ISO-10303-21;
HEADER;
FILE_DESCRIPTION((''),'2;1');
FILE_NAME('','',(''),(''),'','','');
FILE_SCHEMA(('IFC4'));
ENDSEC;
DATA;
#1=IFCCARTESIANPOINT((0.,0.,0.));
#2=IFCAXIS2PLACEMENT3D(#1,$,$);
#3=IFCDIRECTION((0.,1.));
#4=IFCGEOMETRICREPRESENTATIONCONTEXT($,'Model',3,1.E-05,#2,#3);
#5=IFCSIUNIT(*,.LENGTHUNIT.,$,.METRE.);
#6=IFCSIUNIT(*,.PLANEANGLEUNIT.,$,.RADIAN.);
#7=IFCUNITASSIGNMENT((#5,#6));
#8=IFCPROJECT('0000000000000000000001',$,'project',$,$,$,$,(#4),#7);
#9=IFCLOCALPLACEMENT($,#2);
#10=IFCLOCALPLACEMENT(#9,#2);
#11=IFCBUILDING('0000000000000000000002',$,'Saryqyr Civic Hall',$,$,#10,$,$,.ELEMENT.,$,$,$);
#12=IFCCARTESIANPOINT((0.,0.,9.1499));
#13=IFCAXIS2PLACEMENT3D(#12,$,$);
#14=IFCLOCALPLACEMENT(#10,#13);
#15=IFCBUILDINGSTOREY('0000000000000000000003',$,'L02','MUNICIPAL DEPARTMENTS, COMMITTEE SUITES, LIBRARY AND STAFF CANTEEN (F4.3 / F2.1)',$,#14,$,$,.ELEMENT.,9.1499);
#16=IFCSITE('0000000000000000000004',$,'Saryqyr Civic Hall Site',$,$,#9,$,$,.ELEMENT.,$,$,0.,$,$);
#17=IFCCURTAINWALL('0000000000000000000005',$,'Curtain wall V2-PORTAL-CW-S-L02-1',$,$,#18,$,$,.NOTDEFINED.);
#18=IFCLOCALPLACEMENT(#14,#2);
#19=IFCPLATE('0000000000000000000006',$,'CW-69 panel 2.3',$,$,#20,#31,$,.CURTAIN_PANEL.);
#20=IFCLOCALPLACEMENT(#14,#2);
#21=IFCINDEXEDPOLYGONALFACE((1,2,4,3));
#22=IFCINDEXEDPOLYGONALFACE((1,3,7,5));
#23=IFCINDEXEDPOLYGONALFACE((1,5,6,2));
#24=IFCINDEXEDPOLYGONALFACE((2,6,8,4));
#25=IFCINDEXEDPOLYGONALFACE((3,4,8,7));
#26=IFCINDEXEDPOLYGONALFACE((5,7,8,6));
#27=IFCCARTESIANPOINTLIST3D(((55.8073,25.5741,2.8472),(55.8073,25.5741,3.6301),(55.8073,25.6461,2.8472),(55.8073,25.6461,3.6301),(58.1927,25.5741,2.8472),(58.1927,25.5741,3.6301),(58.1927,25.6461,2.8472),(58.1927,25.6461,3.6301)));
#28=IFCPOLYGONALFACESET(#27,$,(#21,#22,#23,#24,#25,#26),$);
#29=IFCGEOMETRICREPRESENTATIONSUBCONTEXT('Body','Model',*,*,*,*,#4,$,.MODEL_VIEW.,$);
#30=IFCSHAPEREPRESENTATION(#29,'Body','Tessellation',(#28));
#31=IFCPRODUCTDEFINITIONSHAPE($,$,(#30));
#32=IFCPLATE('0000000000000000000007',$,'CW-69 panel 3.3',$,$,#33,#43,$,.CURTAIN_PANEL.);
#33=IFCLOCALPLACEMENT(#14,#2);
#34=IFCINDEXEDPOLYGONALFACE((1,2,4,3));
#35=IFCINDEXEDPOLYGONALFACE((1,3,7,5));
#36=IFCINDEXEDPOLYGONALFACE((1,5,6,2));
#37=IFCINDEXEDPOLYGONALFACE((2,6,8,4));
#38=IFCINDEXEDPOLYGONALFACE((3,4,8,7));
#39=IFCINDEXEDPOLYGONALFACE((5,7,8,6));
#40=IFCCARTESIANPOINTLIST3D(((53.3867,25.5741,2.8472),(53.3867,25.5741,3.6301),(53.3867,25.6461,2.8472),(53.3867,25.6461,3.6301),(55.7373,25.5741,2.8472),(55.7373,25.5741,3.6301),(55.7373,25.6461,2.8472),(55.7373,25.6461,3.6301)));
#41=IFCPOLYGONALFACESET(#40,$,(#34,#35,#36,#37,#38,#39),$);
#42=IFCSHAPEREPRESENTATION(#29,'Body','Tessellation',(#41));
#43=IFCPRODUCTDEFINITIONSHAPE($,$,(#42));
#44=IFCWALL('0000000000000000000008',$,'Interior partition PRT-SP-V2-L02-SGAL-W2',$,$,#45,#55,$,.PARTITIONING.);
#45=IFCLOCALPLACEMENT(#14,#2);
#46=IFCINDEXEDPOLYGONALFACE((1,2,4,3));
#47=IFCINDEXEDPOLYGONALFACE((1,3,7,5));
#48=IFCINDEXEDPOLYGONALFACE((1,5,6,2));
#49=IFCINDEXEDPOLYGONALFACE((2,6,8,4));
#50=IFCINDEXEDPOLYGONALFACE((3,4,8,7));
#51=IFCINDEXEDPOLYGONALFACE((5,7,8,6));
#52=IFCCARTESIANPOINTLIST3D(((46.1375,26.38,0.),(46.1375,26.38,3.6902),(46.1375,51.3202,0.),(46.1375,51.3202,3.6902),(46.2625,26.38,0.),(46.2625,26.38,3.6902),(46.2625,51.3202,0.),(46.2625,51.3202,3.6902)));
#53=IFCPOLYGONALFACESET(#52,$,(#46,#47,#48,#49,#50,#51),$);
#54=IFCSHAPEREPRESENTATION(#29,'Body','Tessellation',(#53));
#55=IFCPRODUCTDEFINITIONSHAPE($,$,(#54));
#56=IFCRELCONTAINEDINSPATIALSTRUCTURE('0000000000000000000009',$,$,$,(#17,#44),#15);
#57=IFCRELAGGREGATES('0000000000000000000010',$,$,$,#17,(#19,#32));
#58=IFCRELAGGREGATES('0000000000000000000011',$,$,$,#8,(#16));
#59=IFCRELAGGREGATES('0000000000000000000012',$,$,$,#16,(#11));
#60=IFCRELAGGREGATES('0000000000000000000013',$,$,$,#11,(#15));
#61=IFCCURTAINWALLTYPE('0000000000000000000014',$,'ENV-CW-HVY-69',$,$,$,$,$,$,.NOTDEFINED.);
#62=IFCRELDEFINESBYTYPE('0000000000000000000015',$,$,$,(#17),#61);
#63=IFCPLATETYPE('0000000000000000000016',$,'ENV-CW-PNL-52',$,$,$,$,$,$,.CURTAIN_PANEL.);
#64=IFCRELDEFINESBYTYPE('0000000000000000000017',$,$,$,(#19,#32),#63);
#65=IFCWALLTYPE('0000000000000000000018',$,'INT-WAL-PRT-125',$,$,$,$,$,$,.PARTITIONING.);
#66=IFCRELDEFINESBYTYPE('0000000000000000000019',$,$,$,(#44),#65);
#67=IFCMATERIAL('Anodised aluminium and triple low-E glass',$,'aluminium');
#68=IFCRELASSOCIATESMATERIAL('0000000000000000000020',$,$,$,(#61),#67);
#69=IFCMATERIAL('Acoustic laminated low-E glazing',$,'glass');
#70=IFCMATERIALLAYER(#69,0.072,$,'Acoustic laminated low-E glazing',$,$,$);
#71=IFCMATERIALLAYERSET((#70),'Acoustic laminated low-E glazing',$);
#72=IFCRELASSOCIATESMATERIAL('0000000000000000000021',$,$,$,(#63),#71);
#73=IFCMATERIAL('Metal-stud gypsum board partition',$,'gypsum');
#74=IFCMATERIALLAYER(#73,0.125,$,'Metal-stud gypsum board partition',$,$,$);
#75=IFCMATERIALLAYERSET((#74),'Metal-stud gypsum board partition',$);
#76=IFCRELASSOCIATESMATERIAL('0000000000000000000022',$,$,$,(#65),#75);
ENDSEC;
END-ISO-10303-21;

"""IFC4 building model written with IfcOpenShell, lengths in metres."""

from ifc_helpers import new_model, si_unit, direction, frame, frame_2d, origin, origin_2d, place, context, subcontext, project, spatial, rectangle, extrude, material, layer, layer_set, type_object, element, aggregate, save


model = new_model("IFC4")

# Units and contexts
model_context = context("Model", 3, precision=1e-05, world=origin(), true_north=direction((0.0, 1.0)))
body_context = subcontext(model_context, "Body", "Model", "MODEL_VIEW")
ifc_project = project(units=[si_unit("LENGTHUNIT", "METRE"), si_unit("PLANEANGLEUNIT", "RADIAN")], contexts=[model_context])

# Site, building, storey
site_placement = place(None, origin())
site = spatial("IfcSite", under=ifc_project, at=site_placement, Name="Saryqyr Civic Hall Site", CompositionType="ELEMENT", RefElevation=0.0)
building_placement = place(site_placement, origin())
building = spatial("IfcBuilding", under=site, at=building_placement, Name="Saryqyr Civic Hall", CompositionType="ELEMENT")
storey_placement = place(building_placement, frame((0.0, 0.0, 9.1499)))
storey = spatial("IfcBuildingStorey", under=building, at=storey_placement, Name="L02", Description="MUNICIPAL DEPARTMENTS, COMMITTEE SUITES, LIBRARY AND STAFF CANTEEN (F4.3 / F2.1)", CompositionType="ELEMENT", Elevation=9.1499)

# Shared definitions
ifc_material_1 = material(Name="Anodised aluminium and triple low-E glass", Category="aluminium")

# Curtain wall
curtain_wall_type_1 = type_object("IfcCurtainWallType", Name="ENV-CW-HVY-69", PredefinedType="NOTDEFINED", material=ifc_material_1)
curtain_wall_1_placement = place(storey_placement, origin())
curtain_wall_1 = element("IfcCurtainWall", 1, at=curtain_wall_1_placement, inside=storey, type_object=curtain_wall_type_1, Name="Curtain wall V2-PORTAL-CW-S-L02-1", PredefinedType="NOTDEFINED")

# Plates
ifc_material_2 = material(Name="Acoustic laminated low-E glazing", Category="glass")
ifc_layer_1 = layer(ifc_material_2, 0.072, Name="Acoustic laminated low-E glazing")
ifc_layer_set_1 = layer_set([ifc_layer_1], Name="Acoustic laminated low-E glazing")
plate_type_1 = type_object("IfcPlateType", Name="ENV-CW-PNL-52", PredefinedType="CURTAIN_PANEL", material=ifc_layer_set_1)
plate_1_placement = place(storey_placement, frame((57.0, 25.6101, 2.8472), z_axis=(0.0, 0.0, 1.0), x_axis=(-1.0, 0.0, 0.0)))
plate_1 = element("IfcPlate", 2, at=plate_1_placement, type_object=plate_type_1, Name="CW-69 panel 2.3", PredefinedType="CURTAIN_PANEL", context=body_context, shape_type="SweptSolid", body=[
    extrude(rectangle(XDim=2.3855, YDim=0.072, at=origin_2d()), origin(), (0.0, 0.0, 1.0), 0.783),
])
plate_2_placement = place(storey_placement, frame((54.562, 25.6101, 2.8472), z_axis=(0.0, 0.0, 1.0), x_axis=(-1.0, 0.0, 0.0)))
plate_2 = element("IfcPlate", 3, at=plate_2_placement, type_object=plate_type_1, Name="CW-69 panel 3.3", PredefinedType="CURTAIN_PANEL", context=body_context, shape_type="SweptSolid", body=[
    extrude(rectangle(XDim=2.3506, YDim=0.072, at=origin_2d()), origin(), (0.0, 0.0, 1.0), 0.783),
])
aggregate(curtain_wall_1, [plate_1, plate_2])

# Wall
ifc_material_3 = material(Name="Metal-stud gypsum board partition", Category="gypsum")
ifc_layer_2 = layer(ifc_material_3, 0.125, Name="Metal-stud gypsum board partition")
ifc_layer_set_2 = layer_set([ifc_layer_2], Name="Metal-stud gypsum board partition")
wall_type = type_object("IfcWallType", Name="INT-WAL-PRT-125", PredefinedType="PARTITIONING", material=ifc_layer_set_2)
wall_placement = place(storey_placement, frame((46.2, 26.3799, 0.0), z_axis=(0.0, 0.0, 1.0), x_axis=(0.0, 1.0, 0.0)))
element("IfcWall", 4, at=wall_placement, inside=storey, type_object=wall_type, Name="Interior partition PRT-SP-V2-L02-SGAL-W2", PredefinedType="PARTITIONING", context=body_context, shape_type="SweptSolid", body=[
    extrude(rectangle(XDim=24.9402, YDim=0.125, at=frame_2d((12.4702, 0.0))), origin(), (0.0, 0.0, 1.0), 3.6902),
])

save(model, "model.ifc")
